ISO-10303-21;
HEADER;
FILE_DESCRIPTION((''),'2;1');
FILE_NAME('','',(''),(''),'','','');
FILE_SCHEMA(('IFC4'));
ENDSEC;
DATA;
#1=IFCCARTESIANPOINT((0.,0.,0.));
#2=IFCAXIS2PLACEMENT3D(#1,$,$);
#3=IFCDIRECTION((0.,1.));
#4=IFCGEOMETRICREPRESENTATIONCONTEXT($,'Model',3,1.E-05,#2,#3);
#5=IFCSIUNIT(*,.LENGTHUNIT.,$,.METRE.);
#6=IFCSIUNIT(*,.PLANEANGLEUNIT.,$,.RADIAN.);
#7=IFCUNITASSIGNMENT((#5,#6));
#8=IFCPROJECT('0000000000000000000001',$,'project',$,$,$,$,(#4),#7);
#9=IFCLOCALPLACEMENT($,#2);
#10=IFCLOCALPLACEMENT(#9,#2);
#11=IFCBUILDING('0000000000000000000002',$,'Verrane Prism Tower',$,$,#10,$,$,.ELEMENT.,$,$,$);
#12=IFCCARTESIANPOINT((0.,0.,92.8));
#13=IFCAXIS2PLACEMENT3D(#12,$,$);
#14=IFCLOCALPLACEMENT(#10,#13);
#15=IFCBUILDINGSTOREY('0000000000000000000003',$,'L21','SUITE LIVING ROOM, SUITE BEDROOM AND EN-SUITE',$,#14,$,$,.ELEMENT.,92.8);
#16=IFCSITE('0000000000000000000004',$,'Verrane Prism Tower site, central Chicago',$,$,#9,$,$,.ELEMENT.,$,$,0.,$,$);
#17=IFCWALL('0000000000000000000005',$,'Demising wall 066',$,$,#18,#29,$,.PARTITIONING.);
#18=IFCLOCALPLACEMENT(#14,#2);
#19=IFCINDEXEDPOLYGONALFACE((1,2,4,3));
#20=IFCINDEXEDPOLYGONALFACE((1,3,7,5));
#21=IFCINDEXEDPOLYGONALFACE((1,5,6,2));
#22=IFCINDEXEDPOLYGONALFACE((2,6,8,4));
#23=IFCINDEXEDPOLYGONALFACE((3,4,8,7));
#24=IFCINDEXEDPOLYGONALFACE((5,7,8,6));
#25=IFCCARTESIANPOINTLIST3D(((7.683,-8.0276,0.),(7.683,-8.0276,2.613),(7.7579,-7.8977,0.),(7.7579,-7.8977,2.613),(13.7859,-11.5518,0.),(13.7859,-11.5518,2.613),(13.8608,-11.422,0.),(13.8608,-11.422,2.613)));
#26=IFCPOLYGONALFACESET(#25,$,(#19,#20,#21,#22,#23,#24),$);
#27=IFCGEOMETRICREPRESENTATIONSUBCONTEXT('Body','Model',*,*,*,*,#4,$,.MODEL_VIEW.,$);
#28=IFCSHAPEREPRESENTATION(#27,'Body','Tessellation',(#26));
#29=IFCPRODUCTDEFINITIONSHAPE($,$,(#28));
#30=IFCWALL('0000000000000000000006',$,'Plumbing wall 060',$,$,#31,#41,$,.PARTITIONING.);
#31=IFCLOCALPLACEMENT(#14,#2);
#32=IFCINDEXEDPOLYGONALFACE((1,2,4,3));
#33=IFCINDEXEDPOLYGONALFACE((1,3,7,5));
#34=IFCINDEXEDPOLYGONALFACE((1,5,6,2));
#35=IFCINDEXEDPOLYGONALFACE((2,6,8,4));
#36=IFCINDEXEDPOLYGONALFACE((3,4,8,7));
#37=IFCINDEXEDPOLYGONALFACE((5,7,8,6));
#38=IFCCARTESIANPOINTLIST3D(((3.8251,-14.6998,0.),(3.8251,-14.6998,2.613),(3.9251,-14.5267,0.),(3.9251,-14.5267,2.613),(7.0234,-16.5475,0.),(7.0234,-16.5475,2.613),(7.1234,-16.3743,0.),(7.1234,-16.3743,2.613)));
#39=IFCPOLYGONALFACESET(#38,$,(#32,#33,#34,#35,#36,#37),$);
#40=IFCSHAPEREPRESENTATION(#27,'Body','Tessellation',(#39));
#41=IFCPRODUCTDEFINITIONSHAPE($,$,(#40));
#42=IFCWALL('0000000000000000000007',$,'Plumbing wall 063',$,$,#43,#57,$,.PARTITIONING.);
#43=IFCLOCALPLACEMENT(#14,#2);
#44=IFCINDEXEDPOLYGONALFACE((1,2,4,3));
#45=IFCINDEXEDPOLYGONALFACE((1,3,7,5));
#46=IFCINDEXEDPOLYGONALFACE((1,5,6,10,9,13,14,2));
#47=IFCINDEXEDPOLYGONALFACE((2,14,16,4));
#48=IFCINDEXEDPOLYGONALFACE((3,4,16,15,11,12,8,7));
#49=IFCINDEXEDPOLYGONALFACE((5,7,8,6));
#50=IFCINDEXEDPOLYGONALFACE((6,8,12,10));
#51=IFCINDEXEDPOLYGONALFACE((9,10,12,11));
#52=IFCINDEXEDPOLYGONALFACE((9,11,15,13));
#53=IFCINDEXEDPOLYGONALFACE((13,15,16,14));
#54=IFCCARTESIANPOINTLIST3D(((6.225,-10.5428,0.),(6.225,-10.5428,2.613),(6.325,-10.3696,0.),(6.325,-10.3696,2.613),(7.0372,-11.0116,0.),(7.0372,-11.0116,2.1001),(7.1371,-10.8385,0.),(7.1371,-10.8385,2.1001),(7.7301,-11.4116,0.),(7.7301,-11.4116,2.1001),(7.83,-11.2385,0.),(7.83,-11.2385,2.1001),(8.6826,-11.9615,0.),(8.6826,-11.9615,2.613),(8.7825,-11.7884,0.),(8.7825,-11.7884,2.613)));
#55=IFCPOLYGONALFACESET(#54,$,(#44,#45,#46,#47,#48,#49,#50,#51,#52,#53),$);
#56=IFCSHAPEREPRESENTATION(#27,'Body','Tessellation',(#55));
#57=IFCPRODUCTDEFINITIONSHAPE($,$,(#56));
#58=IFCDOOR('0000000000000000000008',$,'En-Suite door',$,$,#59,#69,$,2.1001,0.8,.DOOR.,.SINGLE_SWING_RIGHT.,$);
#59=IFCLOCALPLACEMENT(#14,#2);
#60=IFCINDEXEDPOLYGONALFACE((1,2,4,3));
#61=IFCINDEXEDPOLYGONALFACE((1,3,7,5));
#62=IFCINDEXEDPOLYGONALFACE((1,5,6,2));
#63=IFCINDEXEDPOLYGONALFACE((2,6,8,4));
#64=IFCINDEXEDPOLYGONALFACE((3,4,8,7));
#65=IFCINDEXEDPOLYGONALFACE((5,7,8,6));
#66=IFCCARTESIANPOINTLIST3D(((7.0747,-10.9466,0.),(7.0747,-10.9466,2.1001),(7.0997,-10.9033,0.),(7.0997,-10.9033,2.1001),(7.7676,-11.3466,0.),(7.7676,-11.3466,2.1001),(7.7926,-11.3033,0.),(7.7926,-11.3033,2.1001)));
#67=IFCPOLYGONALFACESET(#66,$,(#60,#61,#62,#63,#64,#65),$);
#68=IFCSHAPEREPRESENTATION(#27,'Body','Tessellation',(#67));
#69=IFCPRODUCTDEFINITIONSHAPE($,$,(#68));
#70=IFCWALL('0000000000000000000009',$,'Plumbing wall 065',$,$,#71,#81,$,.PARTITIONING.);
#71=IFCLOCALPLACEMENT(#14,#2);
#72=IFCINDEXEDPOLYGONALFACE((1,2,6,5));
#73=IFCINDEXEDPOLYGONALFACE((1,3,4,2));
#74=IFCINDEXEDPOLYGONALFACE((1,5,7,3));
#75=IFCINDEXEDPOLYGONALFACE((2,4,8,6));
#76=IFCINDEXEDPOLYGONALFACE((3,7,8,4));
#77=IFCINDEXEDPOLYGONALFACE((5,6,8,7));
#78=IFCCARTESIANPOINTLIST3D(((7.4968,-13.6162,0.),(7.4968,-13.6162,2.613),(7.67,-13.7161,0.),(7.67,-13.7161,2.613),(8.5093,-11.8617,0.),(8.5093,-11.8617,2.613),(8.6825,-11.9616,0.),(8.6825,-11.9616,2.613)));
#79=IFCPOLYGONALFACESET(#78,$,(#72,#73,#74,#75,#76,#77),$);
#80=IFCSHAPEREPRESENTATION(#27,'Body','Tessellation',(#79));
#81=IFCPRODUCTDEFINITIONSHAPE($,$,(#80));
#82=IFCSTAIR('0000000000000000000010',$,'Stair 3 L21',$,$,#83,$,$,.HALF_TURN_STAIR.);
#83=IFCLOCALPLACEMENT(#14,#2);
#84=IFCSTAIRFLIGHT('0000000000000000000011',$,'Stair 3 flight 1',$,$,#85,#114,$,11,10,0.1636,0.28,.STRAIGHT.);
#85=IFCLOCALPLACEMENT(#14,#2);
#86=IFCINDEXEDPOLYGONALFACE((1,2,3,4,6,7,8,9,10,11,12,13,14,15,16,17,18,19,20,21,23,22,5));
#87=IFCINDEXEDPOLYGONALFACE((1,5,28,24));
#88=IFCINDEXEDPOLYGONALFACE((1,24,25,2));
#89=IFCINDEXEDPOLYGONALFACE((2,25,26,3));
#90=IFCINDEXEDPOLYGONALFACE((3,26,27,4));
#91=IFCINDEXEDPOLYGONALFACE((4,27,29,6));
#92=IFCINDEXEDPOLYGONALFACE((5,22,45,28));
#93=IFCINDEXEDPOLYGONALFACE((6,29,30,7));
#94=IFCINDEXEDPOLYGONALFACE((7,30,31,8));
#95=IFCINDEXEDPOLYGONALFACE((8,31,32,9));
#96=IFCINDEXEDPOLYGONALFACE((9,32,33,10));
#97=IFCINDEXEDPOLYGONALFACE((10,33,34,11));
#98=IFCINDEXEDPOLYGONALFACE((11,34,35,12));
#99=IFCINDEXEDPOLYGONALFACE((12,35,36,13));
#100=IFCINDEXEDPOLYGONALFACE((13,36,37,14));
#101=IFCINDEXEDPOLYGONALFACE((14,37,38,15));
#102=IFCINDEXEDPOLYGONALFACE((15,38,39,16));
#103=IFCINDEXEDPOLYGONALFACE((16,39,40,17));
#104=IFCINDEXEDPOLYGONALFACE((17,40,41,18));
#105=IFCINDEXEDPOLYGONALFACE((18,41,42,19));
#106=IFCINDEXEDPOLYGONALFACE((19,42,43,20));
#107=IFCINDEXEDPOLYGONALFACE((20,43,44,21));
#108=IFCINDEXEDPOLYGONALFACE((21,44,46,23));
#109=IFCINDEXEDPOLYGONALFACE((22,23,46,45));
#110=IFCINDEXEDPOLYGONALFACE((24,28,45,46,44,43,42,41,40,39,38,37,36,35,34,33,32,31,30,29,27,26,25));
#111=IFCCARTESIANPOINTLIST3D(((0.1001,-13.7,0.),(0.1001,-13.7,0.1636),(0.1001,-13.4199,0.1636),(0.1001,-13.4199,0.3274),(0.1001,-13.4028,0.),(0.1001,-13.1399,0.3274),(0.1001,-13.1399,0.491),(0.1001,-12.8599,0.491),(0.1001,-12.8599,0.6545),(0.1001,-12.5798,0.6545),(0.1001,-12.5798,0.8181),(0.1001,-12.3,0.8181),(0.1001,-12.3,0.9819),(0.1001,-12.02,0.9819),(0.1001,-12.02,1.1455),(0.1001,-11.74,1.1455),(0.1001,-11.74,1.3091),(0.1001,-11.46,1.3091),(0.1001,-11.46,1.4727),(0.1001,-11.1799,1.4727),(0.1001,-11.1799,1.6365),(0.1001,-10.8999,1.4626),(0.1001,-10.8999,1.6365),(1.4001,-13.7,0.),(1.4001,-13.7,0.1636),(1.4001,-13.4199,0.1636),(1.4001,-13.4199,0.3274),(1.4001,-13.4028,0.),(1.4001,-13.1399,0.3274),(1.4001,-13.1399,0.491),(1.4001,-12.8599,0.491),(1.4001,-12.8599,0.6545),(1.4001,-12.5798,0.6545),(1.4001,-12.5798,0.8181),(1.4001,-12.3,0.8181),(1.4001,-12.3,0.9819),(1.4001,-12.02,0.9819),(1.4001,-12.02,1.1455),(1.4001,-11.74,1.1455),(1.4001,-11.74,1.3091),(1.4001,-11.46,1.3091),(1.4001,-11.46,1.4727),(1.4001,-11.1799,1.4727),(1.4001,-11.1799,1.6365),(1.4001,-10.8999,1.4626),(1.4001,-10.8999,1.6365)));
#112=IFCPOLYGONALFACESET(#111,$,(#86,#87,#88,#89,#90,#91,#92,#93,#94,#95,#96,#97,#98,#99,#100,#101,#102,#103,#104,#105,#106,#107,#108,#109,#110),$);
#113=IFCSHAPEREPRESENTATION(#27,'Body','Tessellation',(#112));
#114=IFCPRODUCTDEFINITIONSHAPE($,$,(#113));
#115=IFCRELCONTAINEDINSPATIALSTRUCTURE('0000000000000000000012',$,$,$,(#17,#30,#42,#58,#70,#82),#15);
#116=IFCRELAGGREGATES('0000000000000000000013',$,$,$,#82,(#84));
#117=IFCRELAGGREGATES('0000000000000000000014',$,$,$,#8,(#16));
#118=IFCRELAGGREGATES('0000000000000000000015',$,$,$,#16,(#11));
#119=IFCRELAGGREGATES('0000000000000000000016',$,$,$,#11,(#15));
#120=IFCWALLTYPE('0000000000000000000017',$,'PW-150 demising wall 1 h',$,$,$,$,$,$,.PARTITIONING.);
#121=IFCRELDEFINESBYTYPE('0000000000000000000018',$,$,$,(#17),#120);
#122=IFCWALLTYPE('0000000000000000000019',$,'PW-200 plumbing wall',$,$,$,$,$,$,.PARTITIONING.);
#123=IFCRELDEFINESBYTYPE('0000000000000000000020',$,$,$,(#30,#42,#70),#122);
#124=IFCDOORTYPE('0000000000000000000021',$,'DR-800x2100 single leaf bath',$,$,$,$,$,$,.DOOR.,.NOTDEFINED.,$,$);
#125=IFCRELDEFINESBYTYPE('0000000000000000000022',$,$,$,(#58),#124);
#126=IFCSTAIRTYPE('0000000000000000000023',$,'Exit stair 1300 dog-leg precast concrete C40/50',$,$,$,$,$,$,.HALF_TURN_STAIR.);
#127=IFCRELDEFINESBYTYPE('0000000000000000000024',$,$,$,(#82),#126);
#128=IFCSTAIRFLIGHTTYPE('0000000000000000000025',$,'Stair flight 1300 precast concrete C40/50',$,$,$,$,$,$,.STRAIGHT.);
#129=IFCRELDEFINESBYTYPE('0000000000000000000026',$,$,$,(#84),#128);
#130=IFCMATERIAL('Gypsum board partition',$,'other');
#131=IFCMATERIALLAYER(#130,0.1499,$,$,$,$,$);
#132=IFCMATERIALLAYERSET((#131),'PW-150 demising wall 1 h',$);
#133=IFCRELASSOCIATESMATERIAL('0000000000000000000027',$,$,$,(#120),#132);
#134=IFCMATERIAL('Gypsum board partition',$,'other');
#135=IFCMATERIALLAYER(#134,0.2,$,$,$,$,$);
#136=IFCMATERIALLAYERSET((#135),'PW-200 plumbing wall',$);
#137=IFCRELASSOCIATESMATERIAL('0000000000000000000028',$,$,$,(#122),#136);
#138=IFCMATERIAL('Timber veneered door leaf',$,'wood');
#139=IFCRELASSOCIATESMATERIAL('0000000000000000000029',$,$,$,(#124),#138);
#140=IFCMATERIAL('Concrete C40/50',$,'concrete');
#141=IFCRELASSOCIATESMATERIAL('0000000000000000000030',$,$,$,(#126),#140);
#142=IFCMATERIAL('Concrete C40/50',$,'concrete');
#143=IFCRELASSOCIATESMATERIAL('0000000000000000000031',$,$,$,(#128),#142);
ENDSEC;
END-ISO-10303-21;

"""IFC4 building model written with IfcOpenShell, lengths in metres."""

from ifc_helpers import new_model, si_unit, direction, frame, frame_2d, origin, place, context, subcontext, project, spatial, polyline, rectangle, outline, extrude, material, layer, layer_set, type_object, element, fill, aggregate, save


model = new_model("IFC4")

# Units and contexts
model_context = context("Model", 3, precision=1e-05, world=origin(), true_north=direction((0.0, 1.0)))
body_context = subcontext(model_context, "Body", "Model", "MODEL_VIEW")
ifc_project = project(units=[si_unit("LENGTHUNIT", "METRE"), si_unit("PLANEANGLEUNIT", "RADIAN")], contexts=[model_context])

# Site, building, storey
site_placement = place(None, origin())
site = spatial("IfcSite", under=ifc_project, at=site_placement, Name="Verrane Prism Tower site, central Chicago", CompositionType="ELEMENT", RefElevation=0.0)
building_placement = place(site_placement, origin())
building = spatial("IfcBuilding", under=site, at=building_placement, Name="Verrane Prism Tower", CompositionType="ELEMENT")
storey_placement = place(building_placement, frame((0.0, 0.0, 92.8)))
storey = spatial("IfcBuildingStorey", under=building, at=storey_placement, Name="L21", Description="SUITE LIVING ROOM, SUITE BEDROOM AND EN-SUITE", CompositionType="ELEMENT", Elevation=92.8)

# Walls
ifc_material_1 = material(Name="Gypsum board partition", Category="other")
ifc_layer_1 = layer(ifc_material_1, 0.1499)
ifc_layer_set_1 = layer_set([ifc_layer_1], Name="PW-150 demising wall 1 h")
wall_type_1 = type_object("IfcWallType", Name="PW-150 demising wall 1 h", PredefinedType="PARTITIONING", material=ifc_layer_set_1)
wall_1_placement = place(storey_placement, frame((7.7205, -7.9626, 0.0), z_axis=(0.0, 0.0, 1.0), x_axis=(0.865981, -0.500077, 0.0)))
element("IfcWall", 1, at=wall_1_placement, inside=storey, type_object=wall_type_1, Name="Demising wall 066", PredefinedType="PARTITIONING", context=body_context, shape_type="SweptSolid", body=[
    extrude(rectangle(XDim=7.0474, YDim=0.1499, at=frame_2d((3.5237, 0.0))), origin(), (0.0, 0.0, 1.0), 2.613),
])
ifc_material_2 = material(Name="Gypsum board partition", Category="other")
ifc_layer_2 = layer(ifc_material_2, 0.2)
ifc_layer_set_2 = layer_set([ifc_layer_2], Name="PW-200 plumbing wall")
wall_type_2 = type_object("IfcWallType", Name="PW-200 plumbing wall", PredefinedType="PARTITIONING", material=ifc_layer_set_2)
wall_2_placement = place(storey_placement, frame((3.8752, -14.6133, 0.0), z_axis=(0.0, 0.0, 1.0), x_axis=(0.865891, -0.500234, 0.0)))
element("IfcWall", 2, at=wall_2_placement, inside=storey, type_object=wall_type_2, Name="Plumbing wall 060", PredefinedType="PARTITIONING", context=body_context, shape_type="SweptSolid", body=[
    extrude(rectangle(XDim=3.6936, YDim=0.2, at=frame_2d((1.8467, 0.0))), origin(), (0.0, 0.0, 1.0), 2.613),
])

# Wall, opening, door
wall_3_placement = place(storey_placement, frame((8.7327, -11.875, 0.0), z_axis=(0.0, 0.0, 1.0), x_axis=(-0.866048, 0.499961, 0.0)))
wall_3 = element("IfcWall", 3, at=wall_3_placement, inside=storey, type_object=wall_type_2, Name="Plumbing wall 063", PredefinedType="PARTITIONING", context=body_context, shape_type="SweptSolid", body=[
    extrude(rectangle(XDim=2.8376, YDim=0.2, at=frame_2d((1.4189, 0.0))), origin(), (0.0, 0.0, 1.0), 2.613),
])
opening_1_placement = place(wall_3_placement, frame((1.1001, 0.0, 0.0)))
opening_1 = element("IfcOpeningElement", 4, at=opening_1_placement, cuts=wall_3, PredefinedType="OPENING", context=body_context, shape_type="SweptSolid", body=[
    extrude(rectangle(XDim=0.8, YDim=2.1001, at=frame_2d((0.3999, 1.05))), frame((0.0, 0.1099, 0.0), z_axis=(0.0, -1.0, 0.0), x_axis=(1.0, 0.0, 0.0)), (0.0, 0.0, 1.0), 0.22),
])
ifc_material_3 = material(Name="Timber veneered door leaf", Category="wood")
door_type_1 = type_object("IfcDoorType", Name="DR-800x2100 single leaf bath", OperationType="NOTDEFINED", PredefinedType="DOOR", material=ifc_material_3)
door_1_placement = place(opening_1_placement, origin())
door_1 = element("IfcDoor", 5, at=door_1_placement, inside=storey, type_object=door_type_1, Name="En-Suite door", OperationType="SINGLE_SWING_RIGHT", OverallHeight=2.1001, OverallWidth=0.8, PredefinedType="DOOR", context=body_context, shape_type="SweptSolid", body=[
    extrude(rectangle(XDim=0.8, YDim=2.1001, at=frame_2d((0.3999, 1.05))), frame((0.0, 0.0249, 0.0), z_axis=(0.0, -1.0, 0.0), x_axis=(1.0, 0.0, 0.0)), (0.0, 0.0, 1.0), 0.05),
])
fill(opening_1, door_1)

# Wall
wall_4_placement = place(storey_placement, frame((7.5835, -13.666, 0.0), z_axis=(0.0, 0.0, 1.0), x_axis=(0.499834, 0.866121, 0.0)))
element("IfcWall", 6, at=wall_4_placement, inside=storey, type_object=wall_type_2, Name="Plumbing wall 065", PredefinedType="PARTITIONING", context=body_context, shape_type="SweptSolid", body=[
    extrude(rectangle(XDim=2.0256, YDim=0.2, at=frame_2d((1.0127, 0.0))), origin(), (0.0, 0.0, 1.0), 2.613),
])

# Stair, stair flight
ifc_material_4 = material(Name="Concrete C40/50", Category="concrete")
stair_type = type_object("IfcStairType", Name="Exit stair 1300 dog-leg precast concrete C40/50", PredefinedType="HALF_TURN_STAIR", material=ifc_material_4)
stair_placement = place(storey_placement, origin())
stair = element("IfcStair", 7, at=stair_placement, inside=storey, type_object=stair_type, Name="Stair 3 L21", PredefinedType="HALF_TURN_STAIR")
ifc_material_5 = material(Name="Concrete C40/50", Category="concrete")
stair_flight_type = type_object("IfcStairFlightType", Name="Stair flight 1300 precast concrete C40/50", PredefinedType="STRAIGHT", material=ifc_material_5)
stair_flight_placement = place(storey_placement, frame((0.75, -13.7, 0.0), z_axis=(0.0, 0.0, 1.0), x_axis=(0.0, 1.0, 0.0)))
stair_flight = element("IfcStairFlight", 8, at=stair_flight_placement, type_object=stair_flight_type, Name="Stair 3 flight 1", NumberOfRisers=11, NumberOfTreads=10, PredefinedType="STRAIGHT", RiserHeight=0.1636, TreadLength=0.28, context=body_context, shape_type="SweptSolid", body=[
    extrude(outline(polyline([(0.0, 0.0), (0.0, 0.1636), (0.28, 0.1636), (0.28, 0.3274), (0.5601, 0.3274), (0.5601, 0.491), (0.8401, 0.491), (0.8401, 0.6545), (1.1201, 0.6545), (1.1201, 0.8181), (1.3999, 0.8181), (1.3999, 0.9819), (1.6799, 0.9819), (1.6799, 1.1455), (1.96, 1.1455), (1.96, 1.3091), (2.24, 1.3091), (2.24, 1.4727), (2.52, 1.4727), (2.52, 1.6365), (2.8, 1.6365), (2.8, 1.8), (2.8, 1.4626), (0.2971, 0.0), (0.0, 0.0)])), frame((0.0, 0.6499, 0.0), z_axis=(0.0, -1.0, 0.0), x_axis=(1.0, 0.0, 0.0)), (0.0, 0.0, 1.0), 1.3),
])
aggregate(stair, [stair_flight])

save(model, "model.ifc")
